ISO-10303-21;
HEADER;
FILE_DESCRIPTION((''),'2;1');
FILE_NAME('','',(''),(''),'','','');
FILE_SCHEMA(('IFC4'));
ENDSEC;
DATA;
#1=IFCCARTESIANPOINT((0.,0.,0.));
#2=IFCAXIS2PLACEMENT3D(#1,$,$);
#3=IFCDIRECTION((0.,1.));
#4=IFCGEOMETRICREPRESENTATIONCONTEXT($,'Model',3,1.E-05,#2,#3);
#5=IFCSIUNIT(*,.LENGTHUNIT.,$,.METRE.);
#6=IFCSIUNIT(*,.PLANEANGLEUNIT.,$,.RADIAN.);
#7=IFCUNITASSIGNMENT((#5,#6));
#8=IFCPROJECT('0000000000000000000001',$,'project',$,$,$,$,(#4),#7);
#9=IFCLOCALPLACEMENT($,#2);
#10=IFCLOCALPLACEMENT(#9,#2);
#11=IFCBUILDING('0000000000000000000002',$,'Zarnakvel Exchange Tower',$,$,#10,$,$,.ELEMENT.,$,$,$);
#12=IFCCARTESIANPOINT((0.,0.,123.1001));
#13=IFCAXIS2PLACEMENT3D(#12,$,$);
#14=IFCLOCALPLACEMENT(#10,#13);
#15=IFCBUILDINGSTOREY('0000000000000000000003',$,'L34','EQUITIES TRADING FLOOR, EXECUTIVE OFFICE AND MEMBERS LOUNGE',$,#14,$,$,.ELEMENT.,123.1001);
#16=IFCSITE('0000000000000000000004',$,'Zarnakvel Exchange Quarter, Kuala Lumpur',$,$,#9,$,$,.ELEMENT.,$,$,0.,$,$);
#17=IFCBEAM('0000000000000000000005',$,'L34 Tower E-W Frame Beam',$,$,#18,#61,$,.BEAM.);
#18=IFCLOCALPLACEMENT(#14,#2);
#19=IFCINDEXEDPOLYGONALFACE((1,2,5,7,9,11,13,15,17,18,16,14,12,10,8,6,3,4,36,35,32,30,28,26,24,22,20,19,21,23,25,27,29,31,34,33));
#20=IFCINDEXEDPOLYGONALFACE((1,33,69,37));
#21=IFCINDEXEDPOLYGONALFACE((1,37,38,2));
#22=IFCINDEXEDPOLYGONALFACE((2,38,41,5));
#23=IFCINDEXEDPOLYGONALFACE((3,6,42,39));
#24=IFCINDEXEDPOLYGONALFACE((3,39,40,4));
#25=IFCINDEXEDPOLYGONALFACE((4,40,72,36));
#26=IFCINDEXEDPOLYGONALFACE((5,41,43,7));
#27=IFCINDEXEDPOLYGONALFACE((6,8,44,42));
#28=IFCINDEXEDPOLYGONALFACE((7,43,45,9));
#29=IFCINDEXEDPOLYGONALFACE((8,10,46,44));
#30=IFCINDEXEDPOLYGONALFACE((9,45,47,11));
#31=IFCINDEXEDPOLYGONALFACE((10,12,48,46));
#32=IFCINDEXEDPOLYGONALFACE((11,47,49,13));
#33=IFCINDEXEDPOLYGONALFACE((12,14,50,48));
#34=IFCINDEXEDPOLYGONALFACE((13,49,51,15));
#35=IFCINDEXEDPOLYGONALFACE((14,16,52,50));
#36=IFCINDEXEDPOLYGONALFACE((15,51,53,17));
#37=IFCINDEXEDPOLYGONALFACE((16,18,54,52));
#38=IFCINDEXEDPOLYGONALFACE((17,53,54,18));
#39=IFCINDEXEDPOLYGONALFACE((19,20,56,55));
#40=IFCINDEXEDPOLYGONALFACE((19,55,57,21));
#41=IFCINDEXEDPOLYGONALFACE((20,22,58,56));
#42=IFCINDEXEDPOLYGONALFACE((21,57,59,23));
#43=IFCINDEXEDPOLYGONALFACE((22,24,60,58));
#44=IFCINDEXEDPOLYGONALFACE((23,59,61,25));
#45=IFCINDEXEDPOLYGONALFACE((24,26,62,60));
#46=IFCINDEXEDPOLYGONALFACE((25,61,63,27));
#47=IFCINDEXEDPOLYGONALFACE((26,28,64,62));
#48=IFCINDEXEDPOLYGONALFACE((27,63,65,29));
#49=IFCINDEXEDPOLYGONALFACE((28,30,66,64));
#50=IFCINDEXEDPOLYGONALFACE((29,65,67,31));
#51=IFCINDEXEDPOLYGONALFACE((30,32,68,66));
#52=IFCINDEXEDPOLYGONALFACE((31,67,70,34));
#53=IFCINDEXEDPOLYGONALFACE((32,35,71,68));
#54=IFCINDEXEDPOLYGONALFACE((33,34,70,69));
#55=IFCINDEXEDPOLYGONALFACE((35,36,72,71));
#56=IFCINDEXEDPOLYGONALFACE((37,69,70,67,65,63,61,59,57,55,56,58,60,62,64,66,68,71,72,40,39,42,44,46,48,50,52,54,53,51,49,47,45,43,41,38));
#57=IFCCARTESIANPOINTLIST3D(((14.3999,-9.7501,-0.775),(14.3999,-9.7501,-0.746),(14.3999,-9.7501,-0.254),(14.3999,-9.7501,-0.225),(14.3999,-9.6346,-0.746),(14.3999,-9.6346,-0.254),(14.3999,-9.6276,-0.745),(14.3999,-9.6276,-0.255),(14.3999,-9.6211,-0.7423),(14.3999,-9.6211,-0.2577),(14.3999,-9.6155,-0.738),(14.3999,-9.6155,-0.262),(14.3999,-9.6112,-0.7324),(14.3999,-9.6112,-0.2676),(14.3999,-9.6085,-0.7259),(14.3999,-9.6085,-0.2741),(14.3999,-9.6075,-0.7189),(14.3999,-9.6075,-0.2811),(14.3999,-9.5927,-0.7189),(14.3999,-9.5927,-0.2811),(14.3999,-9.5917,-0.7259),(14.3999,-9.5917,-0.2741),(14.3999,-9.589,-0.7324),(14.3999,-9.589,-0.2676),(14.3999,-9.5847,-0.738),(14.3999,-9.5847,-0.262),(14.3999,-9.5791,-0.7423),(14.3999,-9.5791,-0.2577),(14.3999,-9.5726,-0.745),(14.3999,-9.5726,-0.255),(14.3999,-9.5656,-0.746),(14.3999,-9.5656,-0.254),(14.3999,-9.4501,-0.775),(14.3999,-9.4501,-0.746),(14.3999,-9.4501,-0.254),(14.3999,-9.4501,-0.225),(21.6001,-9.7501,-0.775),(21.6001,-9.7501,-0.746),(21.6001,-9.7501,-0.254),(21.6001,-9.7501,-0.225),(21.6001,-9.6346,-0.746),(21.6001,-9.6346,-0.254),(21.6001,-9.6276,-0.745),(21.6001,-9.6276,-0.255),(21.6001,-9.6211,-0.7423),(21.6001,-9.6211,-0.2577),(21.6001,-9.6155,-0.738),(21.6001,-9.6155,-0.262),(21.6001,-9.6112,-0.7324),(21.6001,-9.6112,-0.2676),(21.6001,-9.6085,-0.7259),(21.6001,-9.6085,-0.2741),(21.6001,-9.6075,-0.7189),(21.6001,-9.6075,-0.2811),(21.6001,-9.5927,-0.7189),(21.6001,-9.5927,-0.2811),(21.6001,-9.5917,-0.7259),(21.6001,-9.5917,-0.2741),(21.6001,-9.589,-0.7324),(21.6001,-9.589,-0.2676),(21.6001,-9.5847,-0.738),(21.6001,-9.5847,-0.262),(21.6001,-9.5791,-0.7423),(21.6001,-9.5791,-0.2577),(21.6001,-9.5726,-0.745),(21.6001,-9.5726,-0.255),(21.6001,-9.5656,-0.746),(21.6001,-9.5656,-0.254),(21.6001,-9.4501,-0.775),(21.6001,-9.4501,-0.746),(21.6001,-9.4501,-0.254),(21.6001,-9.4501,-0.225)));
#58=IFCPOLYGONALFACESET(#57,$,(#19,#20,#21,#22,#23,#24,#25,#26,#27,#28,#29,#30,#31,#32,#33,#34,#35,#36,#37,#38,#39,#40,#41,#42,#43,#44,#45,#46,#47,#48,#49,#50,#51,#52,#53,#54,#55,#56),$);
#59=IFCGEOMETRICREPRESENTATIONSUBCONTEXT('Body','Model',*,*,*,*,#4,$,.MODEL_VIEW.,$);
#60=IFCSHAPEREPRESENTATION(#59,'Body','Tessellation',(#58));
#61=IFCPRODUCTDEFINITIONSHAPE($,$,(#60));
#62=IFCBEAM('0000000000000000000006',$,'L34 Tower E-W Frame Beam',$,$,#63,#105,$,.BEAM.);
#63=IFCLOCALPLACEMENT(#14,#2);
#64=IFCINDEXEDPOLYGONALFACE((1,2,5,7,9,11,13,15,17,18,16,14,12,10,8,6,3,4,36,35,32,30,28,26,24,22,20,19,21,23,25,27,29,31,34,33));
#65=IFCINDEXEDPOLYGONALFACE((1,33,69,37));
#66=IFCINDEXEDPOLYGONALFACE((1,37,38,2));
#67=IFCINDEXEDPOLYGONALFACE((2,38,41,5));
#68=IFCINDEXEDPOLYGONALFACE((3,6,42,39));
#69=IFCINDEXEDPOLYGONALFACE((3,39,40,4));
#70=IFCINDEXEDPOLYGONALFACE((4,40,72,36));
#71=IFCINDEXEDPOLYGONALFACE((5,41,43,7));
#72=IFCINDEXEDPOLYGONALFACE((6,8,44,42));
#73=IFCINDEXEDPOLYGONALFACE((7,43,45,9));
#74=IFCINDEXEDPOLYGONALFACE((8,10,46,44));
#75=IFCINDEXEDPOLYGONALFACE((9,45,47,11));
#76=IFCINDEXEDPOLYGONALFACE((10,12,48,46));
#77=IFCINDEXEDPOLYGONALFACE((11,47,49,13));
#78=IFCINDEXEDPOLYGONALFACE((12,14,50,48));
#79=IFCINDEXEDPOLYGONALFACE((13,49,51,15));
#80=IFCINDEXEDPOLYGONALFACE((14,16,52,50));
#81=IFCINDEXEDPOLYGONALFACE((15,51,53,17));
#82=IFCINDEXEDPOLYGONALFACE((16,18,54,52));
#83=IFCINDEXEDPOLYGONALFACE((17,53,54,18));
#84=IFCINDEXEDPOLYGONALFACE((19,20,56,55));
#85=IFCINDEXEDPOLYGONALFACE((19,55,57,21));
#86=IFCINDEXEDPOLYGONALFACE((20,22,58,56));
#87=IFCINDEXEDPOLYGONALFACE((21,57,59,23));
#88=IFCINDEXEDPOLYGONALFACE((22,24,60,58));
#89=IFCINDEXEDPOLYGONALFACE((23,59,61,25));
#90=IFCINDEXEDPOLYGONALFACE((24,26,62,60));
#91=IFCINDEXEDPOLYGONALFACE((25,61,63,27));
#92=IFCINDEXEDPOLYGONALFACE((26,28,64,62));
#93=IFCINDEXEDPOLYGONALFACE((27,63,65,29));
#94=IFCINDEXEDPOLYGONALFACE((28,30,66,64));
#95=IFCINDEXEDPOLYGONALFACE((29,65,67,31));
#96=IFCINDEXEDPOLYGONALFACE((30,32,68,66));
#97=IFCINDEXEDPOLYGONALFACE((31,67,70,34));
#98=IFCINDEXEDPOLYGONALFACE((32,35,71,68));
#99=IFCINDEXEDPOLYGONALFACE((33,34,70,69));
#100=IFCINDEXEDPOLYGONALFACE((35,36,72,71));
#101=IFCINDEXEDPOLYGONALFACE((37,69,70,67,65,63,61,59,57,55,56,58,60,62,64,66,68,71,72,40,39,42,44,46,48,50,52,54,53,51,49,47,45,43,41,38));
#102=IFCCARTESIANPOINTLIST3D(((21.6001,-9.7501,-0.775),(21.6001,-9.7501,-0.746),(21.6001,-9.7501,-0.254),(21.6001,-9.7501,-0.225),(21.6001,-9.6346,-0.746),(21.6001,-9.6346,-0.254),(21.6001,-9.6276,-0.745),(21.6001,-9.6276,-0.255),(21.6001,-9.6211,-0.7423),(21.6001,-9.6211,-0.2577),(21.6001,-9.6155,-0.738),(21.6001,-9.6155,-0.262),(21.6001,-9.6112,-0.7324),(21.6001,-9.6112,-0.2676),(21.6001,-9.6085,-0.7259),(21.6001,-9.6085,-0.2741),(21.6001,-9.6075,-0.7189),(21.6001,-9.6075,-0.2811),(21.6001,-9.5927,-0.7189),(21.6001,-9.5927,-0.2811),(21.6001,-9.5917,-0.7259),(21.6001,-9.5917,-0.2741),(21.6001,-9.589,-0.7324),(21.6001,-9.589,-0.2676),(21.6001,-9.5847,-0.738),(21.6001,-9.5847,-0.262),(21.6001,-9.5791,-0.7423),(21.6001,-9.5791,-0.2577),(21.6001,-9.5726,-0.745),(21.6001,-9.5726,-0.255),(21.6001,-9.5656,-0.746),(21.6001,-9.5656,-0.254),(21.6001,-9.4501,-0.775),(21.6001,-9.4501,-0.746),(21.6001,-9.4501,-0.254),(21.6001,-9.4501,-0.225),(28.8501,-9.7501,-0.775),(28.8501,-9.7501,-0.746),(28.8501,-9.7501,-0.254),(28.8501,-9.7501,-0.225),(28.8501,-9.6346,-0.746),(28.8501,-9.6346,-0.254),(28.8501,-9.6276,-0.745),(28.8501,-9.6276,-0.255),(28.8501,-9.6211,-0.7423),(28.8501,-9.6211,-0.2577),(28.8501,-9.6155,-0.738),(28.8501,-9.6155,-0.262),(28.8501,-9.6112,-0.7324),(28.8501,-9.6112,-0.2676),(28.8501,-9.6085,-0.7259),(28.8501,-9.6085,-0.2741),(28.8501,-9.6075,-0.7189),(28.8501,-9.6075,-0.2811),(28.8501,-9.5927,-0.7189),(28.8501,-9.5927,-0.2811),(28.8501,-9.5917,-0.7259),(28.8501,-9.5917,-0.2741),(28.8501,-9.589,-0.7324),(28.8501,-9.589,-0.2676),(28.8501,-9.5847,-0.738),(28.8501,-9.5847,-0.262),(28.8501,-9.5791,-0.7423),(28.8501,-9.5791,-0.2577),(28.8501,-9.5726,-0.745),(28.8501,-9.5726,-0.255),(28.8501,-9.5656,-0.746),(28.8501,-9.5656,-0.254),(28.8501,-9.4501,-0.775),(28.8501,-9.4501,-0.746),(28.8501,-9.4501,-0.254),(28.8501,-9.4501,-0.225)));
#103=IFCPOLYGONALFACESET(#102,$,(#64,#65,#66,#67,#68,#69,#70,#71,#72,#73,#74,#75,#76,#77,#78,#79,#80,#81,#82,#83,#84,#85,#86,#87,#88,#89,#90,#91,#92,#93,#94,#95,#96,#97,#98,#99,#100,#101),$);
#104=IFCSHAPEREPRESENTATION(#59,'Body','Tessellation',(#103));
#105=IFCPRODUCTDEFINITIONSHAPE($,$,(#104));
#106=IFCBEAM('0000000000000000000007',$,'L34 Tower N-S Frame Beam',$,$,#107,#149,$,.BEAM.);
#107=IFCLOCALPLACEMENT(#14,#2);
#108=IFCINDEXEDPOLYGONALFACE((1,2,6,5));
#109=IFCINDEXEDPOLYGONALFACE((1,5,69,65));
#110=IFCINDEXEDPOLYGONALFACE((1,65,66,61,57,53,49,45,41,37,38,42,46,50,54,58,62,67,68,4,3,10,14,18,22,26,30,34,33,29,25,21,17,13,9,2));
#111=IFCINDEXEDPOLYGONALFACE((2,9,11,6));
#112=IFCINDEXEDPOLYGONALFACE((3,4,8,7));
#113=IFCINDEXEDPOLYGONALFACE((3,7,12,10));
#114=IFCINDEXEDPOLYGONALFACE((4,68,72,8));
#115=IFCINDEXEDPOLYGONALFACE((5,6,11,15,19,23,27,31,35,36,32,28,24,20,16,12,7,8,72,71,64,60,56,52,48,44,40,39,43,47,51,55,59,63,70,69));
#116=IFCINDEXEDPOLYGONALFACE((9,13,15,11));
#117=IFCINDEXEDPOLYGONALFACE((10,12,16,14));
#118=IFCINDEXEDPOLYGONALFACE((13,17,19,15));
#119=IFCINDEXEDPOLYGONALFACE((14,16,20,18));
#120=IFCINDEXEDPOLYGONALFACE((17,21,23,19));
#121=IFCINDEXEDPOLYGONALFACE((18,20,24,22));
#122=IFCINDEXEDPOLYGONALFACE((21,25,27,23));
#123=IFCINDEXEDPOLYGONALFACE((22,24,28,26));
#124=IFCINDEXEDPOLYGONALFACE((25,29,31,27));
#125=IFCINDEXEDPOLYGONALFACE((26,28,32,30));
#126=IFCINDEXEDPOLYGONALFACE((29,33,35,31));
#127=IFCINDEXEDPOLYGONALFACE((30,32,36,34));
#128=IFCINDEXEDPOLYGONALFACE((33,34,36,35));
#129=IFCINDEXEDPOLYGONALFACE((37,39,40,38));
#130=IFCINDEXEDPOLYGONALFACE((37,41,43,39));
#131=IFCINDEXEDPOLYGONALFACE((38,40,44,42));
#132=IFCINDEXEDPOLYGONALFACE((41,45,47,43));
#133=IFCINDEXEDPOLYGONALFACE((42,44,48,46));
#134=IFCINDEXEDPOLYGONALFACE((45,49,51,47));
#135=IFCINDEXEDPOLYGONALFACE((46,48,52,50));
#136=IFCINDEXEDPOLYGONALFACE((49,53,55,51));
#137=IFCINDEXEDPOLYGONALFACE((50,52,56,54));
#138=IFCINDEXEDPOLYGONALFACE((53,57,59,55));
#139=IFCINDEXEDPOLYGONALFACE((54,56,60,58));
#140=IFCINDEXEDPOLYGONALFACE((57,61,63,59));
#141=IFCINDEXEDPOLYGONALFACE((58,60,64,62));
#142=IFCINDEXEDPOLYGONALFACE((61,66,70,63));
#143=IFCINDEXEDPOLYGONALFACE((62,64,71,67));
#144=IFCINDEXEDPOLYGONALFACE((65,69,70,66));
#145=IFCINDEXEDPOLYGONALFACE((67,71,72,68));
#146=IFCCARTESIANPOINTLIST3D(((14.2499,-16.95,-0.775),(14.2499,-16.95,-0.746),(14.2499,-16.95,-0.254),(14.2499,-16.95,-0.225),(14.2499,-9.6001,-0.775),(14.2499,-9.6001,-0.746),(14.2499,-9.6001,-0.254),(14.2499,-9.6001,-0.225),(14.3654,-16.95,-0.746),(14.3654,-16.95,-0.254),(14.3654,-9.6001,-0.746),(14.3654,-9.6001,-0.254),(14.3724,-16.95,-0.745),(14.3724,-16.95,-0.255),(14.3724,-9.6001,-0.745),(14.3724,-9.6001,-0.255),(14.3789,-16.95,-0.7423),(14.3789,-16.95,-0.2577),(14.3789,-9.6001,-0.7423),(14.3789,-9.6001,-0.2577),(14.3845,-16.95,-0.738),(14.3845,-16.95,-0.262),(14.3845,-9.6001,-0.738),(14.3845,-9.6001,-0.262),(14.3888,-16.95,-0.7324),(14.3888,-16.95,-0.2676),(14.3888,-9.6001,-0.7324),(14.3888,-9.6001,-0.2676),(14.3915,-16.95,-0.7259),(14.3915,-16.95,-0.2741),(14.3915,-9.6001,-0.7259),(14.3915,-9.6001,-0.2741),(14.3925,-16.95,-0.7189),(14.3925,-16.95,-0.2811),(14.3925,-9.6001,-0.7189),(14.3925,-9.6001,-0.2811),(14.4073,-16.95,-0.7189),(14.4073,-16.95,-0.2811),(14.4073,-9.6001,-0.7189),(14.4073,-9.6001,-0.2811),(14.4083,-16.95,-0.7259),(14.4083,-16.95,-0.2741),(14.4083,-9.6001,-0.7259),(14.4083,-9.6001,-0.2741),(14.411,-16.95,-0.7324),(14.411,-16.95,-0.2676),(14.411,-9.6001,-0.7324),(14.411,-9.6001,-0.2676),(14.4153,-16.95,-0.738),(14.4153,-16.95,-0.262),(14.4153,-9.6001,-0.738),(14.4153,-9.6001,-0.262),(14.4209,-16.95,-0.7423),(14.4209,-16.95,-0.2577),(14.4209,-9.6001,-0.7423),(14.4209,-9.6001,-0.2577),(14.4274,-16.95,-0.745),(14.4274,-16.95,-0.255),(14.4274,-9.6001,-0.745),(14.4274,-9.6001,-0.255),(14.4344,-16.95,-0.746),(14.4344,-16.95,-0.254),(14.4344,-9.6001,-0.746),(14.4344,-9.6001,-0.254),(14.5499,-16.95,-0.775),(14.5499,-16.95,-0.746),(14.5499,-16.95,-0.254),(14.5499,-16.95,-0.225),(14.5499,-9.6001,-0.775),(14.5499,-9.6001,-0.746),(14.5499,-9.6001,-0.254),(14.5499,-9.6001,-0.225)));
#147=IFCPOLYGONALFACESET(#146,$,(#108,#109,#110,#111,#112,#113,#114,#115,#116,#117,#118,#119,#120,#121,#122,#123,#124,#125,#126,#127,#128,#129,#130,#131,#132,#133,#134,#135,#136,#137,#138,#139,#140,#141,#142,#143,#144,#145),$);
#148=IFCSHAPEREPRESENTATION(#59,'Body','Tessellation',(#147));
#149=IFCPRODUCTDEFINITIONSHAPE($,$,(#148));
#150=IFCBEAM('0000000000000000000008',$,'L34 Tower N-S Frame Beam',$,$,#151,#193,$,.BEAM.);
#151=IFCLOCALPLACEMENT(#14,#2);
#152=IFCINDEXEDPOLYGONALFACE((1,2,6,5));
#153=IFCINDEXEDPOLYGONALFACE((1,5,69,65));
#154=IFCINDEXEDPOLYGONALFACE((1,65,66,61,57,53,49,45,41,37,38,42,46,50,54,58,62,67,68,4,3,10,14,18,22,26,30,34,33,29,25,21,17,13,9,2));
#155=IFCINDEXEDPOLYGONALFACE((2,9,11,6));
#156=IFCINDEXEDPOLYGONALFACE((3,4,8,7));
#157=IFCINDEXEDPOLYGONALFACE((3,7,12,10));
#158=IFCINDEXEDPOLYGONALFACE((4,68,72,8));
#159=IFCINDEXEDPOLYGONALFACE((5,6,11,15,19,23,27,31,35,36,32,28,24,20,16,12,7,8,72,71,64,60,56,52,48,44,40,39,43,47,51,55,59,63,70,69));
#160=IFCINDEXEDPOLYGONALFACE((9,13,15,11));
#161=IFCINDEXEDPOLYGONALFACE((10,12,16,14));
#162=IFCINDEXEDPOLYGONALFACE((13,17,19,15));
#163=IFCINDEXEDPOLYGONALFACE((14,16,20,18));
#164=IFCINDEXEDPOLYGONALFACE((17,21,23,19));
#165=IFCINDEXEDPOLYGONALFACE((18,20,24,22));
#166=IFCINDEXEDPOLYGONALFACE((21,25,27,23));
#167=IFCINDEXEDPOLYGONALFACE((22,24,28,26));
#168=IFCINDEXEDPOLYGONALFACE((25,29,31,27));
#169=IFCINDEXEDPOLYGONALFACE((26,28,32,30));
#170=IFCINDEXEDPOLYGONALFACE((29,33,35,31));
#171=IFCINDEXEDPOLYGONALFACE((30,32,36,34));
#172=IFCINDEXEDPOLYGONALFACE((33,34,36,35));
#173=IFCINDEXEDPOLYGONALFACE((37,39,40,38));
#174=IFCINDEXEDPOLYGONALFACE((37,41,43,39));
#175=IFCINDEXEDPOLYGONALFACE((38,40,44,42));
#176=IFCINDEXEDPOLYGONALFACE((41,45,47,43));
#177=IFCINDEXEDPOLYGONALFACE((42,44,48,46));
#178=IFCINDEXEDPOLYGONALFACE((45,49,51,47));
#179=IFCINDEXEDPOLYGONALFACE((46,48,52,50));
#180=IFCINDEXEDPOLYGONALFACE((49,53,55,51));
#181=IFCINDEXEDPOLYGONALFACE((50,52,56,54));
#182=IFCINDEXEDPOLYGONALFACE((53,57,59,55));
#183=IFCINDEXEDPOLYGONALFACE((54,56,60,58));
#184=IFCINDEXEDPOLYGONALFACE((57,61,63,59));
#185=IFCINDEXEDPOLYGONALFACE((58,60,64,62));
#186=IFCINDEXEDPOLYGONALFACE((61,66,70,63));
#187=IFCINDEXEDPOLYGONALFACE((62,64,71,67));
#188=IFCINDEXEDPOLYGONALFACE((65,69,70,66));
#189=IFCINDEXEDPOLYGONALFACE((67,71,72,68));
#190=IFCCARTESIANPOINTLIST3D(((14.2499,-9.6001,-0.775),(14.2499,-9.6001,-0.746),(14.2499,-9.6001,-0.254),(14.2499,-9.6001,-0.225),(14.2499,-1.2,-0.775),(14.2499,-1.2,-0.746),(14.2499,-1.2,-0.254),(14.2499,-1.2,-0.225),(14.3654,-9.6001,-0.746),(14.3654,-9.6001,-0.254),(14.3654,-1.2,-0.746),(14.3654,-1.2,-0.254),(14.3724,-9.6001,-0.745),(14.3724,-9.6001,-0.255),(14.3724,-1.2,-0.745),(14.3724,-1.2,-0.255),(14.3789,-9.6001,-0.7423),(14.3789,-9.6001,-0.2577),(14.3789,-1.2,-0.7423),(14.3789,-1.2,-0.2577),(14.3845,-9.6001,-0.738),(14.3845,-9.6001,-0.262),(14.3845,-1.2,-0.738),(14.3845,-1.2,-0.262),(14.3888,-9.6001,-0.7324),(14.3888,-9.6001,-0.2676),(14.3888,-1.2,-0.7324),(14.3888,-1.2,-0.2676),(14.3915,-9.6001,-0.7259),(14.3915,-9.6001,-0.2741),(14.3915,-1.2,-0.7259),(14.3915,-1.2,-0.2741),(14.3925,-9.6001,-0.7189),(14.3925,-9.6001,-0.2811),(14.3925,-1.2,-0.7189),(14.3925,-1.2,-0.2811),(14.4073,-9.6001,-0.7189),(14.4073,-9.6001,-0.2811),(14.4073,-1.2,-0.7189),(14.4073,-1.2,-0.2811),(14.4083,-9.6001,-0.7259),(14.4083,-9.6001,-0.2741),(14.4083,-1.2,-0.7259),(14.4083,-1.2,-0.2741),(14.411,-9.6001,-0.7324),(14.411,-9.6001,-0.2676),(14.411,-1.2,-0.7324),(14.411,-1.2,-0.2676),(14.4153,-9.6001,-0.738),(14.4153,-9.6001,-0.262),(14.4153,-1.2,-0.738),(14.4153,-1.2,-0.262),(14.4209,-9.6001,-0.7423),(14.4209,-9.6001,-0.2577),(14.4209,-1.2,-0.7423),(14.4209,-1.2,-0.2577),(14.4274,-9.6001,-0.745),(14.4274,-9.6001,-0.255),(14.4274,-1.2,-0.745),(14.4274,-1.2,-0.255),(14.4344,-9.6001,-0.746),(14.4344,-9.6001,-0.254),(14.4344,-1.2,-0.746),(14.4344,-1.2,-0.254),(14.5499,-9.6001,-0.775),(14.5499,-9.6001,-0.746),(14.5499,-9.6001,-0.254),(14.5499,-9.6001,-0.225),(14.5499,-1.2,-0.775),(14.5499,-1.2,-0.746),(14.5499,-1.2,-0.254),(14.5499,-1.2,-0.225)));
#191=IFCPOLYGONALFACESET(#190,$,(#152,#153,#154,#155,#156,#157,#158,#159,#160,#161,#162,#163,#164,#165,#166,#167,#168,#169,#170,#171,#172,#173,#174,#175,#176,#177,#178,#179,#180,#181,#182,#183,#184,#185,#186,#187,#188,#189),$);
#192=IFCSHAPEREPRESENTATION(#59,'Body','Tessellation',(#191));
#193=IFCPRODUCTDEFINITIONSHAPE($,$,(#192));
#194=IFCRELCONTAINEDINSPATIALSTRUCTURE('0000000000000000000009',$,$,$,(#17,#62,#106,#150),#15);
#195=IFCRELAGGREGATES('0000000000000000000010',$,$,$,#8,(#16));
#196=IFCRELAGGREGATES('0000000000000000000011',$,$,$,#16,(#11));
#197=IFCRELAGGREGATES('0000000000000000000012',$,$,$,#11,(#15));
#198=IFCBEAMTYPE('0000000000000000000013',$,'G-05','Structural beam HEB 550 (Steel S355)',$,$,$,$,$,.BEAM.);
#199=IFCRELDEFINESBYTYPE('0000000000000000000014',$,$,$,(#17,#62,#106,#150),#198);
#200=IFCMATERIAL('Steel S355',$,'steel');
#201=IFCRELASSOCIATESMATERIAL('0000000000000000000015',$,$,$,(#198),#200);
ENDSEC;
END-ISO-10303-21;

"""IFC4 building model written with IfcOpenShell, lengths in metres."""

from ifc_helpers import new_model, si_unit, direction, frame, origin, origin_2d, place, context, subcontext, project, spatial, i_section, extrude, material, material_profile, profile_set, type_object, element, save


model = new_model("IFC4")

# Units and contexts
model_context = context("Model", 3, precision=1e-05, world=origin(), true_north=direction((0.0, 1.0)))
body_context = subcontext(model_context, "Body", "Model", "MODEL_VIEW")
ifc_project = project(units=[si_unit("LENGTHUNIT", "METRE"), si_unit("PLANEANGLEUNIT", "RADIAN")], contexts=[model_context])

# Site, building, storey
site_placement = place(None, origin())
site = spatial("IfcSite", under=ifc_project, at=site_placement, Name="Zarnakvel Exchange Quarter, Kuala Lumpur", CompositionType="ELEMENT", RefElevation=0.0)
building_placement = place(site_placement, origin())
building = spatial("IfcBuilding", under=site, at=building_placement, Name="Zarnakvel Exchange Tower", CompositionType="ELEMENT")
storey_placement = place(building_placement, frame((0.0, 0.0, 123.1001)))
storey = spatial("IfcBuildingStorey", under=building, at=storey_placement, Name="L34", Description="EQUITIES TRADING FLOOR, EXECUTIVE OFFICE AND MEMBERS LOUNGE", CompositionType="ELEMENT", Elevation=123.1001)

# Shared definitions
ifc_material_1 = material(Name="Steel S355", Category="steel")

# Beams
ifc_material_profile_1 = material_profile(ifc_material_1, i_section(OverallWidth=0.3, OverallDepth=0.55, WebThickness=0.0149, FlangeThickness=0.0291, FilletRadius=0.0271, at=origin_2d()))
ifc_profile_set_1 = profile_set([ifc_material_profile_1], Name="Steel S355")
beam_type_1 = type_object("IfcBeamType", Name="G-05", Description="Structural beam HEB 550 (Steel S355)", PredefinedType="BEAM", material=ifc_profile_set_1)
beam_1_placement = place(storey_placement, frame((14.3999, -9.6001, -0.5), z_axis=(1.0, 0.0, 0.0), x_axis=(0.0, 1.0, 0.0)))
element("IfcBeam", 1, at=beam_1_placement, inside=storey, type_object=beam_type_1, Name="L34 Tower E-W Frame Beam", PredefinedType="BEAM", context=body_context, shape_type="SweptSolid", body=[
    extrude(i_section(OverallWidth=0.3, OverallDepth=0.55, WebThickness=0.0149, FlangeThickness=0.0291, FilletRadius=0.0271, at=origin_2d()), origin(), (0.0, 0.0, 1.0), 7.2002),
])
beam_2_placement = place(storey_placement, frame((21.6001, -9.6001, -0.5), z_axis=(1.0, 0.0, 0.0), x_axis=(0.0, 1.0, 0.0)))
element("IfcBeam", 2, at=beam_2_placement, inside=storey, type_object=beam_type_1, Name="L34 Tower E-W Frame Beam", PredefinedType="BEAM", context=body_context, shape_type="SweptSolid", body=[
    extrude(i_section(OverallWidth=0.3, OverallDepth=0.55, WebThickness=0.0149, FlangeThickness=0.0291, FilletRadius=0.0271, at=origin_2d()), origin(), (0.0, 0.0, 1.0), 7.25),
])
beam_3_placement = place(storey_placement, frame((14.3999, -16.95, -0.5), z_axis=(0.0, 1.0, 0.0), x_axis=(-1.0, 0.0, 0.0)))
element("IfcBeam", 3, at=beam_3_placement, inside=storey, type_object=beam_type_1, Name="L34 Tower N-S Frame Beam", PredefinedType="BEAM", context=body_context, shape_type="SweptSolid", body=[
    extrude(i_section(OverallWidth=0.3, OverallDepth=0.55, WebThickness=0.0149, FlangeThickness=0.0291, FilletRadius=0.0271, at=origin_2d()), origin(), (0.0, 0.0, 1.0), 7.3499),
])
beam_4_placement = place(storey_placement, frame((14.3999, -9.6001, -0.5), z_axis=(0.0, 1.0, 0.0), x_axis=(-1.0, 0.0, 0.0)))
element("IfcBeam", 4, at=beam_4_placement, inside=storey, type_object=beam_type_1, Name="L34 Tower N-S Frame Beam", PredefinedType="BEAM", context=body_context, shape_type="SweptSolid", body=[
    extrude(i_section(OverallWidth=0.3, OverallDepth=0.55, WebThickness=0.0149, FlangeThickness=0.0291, FilletRadius=0.0271, at=origin_2d()), origin(), (0.0, 0.0, 1.0), 8.4001),
])

save(model, "model.ifc")
